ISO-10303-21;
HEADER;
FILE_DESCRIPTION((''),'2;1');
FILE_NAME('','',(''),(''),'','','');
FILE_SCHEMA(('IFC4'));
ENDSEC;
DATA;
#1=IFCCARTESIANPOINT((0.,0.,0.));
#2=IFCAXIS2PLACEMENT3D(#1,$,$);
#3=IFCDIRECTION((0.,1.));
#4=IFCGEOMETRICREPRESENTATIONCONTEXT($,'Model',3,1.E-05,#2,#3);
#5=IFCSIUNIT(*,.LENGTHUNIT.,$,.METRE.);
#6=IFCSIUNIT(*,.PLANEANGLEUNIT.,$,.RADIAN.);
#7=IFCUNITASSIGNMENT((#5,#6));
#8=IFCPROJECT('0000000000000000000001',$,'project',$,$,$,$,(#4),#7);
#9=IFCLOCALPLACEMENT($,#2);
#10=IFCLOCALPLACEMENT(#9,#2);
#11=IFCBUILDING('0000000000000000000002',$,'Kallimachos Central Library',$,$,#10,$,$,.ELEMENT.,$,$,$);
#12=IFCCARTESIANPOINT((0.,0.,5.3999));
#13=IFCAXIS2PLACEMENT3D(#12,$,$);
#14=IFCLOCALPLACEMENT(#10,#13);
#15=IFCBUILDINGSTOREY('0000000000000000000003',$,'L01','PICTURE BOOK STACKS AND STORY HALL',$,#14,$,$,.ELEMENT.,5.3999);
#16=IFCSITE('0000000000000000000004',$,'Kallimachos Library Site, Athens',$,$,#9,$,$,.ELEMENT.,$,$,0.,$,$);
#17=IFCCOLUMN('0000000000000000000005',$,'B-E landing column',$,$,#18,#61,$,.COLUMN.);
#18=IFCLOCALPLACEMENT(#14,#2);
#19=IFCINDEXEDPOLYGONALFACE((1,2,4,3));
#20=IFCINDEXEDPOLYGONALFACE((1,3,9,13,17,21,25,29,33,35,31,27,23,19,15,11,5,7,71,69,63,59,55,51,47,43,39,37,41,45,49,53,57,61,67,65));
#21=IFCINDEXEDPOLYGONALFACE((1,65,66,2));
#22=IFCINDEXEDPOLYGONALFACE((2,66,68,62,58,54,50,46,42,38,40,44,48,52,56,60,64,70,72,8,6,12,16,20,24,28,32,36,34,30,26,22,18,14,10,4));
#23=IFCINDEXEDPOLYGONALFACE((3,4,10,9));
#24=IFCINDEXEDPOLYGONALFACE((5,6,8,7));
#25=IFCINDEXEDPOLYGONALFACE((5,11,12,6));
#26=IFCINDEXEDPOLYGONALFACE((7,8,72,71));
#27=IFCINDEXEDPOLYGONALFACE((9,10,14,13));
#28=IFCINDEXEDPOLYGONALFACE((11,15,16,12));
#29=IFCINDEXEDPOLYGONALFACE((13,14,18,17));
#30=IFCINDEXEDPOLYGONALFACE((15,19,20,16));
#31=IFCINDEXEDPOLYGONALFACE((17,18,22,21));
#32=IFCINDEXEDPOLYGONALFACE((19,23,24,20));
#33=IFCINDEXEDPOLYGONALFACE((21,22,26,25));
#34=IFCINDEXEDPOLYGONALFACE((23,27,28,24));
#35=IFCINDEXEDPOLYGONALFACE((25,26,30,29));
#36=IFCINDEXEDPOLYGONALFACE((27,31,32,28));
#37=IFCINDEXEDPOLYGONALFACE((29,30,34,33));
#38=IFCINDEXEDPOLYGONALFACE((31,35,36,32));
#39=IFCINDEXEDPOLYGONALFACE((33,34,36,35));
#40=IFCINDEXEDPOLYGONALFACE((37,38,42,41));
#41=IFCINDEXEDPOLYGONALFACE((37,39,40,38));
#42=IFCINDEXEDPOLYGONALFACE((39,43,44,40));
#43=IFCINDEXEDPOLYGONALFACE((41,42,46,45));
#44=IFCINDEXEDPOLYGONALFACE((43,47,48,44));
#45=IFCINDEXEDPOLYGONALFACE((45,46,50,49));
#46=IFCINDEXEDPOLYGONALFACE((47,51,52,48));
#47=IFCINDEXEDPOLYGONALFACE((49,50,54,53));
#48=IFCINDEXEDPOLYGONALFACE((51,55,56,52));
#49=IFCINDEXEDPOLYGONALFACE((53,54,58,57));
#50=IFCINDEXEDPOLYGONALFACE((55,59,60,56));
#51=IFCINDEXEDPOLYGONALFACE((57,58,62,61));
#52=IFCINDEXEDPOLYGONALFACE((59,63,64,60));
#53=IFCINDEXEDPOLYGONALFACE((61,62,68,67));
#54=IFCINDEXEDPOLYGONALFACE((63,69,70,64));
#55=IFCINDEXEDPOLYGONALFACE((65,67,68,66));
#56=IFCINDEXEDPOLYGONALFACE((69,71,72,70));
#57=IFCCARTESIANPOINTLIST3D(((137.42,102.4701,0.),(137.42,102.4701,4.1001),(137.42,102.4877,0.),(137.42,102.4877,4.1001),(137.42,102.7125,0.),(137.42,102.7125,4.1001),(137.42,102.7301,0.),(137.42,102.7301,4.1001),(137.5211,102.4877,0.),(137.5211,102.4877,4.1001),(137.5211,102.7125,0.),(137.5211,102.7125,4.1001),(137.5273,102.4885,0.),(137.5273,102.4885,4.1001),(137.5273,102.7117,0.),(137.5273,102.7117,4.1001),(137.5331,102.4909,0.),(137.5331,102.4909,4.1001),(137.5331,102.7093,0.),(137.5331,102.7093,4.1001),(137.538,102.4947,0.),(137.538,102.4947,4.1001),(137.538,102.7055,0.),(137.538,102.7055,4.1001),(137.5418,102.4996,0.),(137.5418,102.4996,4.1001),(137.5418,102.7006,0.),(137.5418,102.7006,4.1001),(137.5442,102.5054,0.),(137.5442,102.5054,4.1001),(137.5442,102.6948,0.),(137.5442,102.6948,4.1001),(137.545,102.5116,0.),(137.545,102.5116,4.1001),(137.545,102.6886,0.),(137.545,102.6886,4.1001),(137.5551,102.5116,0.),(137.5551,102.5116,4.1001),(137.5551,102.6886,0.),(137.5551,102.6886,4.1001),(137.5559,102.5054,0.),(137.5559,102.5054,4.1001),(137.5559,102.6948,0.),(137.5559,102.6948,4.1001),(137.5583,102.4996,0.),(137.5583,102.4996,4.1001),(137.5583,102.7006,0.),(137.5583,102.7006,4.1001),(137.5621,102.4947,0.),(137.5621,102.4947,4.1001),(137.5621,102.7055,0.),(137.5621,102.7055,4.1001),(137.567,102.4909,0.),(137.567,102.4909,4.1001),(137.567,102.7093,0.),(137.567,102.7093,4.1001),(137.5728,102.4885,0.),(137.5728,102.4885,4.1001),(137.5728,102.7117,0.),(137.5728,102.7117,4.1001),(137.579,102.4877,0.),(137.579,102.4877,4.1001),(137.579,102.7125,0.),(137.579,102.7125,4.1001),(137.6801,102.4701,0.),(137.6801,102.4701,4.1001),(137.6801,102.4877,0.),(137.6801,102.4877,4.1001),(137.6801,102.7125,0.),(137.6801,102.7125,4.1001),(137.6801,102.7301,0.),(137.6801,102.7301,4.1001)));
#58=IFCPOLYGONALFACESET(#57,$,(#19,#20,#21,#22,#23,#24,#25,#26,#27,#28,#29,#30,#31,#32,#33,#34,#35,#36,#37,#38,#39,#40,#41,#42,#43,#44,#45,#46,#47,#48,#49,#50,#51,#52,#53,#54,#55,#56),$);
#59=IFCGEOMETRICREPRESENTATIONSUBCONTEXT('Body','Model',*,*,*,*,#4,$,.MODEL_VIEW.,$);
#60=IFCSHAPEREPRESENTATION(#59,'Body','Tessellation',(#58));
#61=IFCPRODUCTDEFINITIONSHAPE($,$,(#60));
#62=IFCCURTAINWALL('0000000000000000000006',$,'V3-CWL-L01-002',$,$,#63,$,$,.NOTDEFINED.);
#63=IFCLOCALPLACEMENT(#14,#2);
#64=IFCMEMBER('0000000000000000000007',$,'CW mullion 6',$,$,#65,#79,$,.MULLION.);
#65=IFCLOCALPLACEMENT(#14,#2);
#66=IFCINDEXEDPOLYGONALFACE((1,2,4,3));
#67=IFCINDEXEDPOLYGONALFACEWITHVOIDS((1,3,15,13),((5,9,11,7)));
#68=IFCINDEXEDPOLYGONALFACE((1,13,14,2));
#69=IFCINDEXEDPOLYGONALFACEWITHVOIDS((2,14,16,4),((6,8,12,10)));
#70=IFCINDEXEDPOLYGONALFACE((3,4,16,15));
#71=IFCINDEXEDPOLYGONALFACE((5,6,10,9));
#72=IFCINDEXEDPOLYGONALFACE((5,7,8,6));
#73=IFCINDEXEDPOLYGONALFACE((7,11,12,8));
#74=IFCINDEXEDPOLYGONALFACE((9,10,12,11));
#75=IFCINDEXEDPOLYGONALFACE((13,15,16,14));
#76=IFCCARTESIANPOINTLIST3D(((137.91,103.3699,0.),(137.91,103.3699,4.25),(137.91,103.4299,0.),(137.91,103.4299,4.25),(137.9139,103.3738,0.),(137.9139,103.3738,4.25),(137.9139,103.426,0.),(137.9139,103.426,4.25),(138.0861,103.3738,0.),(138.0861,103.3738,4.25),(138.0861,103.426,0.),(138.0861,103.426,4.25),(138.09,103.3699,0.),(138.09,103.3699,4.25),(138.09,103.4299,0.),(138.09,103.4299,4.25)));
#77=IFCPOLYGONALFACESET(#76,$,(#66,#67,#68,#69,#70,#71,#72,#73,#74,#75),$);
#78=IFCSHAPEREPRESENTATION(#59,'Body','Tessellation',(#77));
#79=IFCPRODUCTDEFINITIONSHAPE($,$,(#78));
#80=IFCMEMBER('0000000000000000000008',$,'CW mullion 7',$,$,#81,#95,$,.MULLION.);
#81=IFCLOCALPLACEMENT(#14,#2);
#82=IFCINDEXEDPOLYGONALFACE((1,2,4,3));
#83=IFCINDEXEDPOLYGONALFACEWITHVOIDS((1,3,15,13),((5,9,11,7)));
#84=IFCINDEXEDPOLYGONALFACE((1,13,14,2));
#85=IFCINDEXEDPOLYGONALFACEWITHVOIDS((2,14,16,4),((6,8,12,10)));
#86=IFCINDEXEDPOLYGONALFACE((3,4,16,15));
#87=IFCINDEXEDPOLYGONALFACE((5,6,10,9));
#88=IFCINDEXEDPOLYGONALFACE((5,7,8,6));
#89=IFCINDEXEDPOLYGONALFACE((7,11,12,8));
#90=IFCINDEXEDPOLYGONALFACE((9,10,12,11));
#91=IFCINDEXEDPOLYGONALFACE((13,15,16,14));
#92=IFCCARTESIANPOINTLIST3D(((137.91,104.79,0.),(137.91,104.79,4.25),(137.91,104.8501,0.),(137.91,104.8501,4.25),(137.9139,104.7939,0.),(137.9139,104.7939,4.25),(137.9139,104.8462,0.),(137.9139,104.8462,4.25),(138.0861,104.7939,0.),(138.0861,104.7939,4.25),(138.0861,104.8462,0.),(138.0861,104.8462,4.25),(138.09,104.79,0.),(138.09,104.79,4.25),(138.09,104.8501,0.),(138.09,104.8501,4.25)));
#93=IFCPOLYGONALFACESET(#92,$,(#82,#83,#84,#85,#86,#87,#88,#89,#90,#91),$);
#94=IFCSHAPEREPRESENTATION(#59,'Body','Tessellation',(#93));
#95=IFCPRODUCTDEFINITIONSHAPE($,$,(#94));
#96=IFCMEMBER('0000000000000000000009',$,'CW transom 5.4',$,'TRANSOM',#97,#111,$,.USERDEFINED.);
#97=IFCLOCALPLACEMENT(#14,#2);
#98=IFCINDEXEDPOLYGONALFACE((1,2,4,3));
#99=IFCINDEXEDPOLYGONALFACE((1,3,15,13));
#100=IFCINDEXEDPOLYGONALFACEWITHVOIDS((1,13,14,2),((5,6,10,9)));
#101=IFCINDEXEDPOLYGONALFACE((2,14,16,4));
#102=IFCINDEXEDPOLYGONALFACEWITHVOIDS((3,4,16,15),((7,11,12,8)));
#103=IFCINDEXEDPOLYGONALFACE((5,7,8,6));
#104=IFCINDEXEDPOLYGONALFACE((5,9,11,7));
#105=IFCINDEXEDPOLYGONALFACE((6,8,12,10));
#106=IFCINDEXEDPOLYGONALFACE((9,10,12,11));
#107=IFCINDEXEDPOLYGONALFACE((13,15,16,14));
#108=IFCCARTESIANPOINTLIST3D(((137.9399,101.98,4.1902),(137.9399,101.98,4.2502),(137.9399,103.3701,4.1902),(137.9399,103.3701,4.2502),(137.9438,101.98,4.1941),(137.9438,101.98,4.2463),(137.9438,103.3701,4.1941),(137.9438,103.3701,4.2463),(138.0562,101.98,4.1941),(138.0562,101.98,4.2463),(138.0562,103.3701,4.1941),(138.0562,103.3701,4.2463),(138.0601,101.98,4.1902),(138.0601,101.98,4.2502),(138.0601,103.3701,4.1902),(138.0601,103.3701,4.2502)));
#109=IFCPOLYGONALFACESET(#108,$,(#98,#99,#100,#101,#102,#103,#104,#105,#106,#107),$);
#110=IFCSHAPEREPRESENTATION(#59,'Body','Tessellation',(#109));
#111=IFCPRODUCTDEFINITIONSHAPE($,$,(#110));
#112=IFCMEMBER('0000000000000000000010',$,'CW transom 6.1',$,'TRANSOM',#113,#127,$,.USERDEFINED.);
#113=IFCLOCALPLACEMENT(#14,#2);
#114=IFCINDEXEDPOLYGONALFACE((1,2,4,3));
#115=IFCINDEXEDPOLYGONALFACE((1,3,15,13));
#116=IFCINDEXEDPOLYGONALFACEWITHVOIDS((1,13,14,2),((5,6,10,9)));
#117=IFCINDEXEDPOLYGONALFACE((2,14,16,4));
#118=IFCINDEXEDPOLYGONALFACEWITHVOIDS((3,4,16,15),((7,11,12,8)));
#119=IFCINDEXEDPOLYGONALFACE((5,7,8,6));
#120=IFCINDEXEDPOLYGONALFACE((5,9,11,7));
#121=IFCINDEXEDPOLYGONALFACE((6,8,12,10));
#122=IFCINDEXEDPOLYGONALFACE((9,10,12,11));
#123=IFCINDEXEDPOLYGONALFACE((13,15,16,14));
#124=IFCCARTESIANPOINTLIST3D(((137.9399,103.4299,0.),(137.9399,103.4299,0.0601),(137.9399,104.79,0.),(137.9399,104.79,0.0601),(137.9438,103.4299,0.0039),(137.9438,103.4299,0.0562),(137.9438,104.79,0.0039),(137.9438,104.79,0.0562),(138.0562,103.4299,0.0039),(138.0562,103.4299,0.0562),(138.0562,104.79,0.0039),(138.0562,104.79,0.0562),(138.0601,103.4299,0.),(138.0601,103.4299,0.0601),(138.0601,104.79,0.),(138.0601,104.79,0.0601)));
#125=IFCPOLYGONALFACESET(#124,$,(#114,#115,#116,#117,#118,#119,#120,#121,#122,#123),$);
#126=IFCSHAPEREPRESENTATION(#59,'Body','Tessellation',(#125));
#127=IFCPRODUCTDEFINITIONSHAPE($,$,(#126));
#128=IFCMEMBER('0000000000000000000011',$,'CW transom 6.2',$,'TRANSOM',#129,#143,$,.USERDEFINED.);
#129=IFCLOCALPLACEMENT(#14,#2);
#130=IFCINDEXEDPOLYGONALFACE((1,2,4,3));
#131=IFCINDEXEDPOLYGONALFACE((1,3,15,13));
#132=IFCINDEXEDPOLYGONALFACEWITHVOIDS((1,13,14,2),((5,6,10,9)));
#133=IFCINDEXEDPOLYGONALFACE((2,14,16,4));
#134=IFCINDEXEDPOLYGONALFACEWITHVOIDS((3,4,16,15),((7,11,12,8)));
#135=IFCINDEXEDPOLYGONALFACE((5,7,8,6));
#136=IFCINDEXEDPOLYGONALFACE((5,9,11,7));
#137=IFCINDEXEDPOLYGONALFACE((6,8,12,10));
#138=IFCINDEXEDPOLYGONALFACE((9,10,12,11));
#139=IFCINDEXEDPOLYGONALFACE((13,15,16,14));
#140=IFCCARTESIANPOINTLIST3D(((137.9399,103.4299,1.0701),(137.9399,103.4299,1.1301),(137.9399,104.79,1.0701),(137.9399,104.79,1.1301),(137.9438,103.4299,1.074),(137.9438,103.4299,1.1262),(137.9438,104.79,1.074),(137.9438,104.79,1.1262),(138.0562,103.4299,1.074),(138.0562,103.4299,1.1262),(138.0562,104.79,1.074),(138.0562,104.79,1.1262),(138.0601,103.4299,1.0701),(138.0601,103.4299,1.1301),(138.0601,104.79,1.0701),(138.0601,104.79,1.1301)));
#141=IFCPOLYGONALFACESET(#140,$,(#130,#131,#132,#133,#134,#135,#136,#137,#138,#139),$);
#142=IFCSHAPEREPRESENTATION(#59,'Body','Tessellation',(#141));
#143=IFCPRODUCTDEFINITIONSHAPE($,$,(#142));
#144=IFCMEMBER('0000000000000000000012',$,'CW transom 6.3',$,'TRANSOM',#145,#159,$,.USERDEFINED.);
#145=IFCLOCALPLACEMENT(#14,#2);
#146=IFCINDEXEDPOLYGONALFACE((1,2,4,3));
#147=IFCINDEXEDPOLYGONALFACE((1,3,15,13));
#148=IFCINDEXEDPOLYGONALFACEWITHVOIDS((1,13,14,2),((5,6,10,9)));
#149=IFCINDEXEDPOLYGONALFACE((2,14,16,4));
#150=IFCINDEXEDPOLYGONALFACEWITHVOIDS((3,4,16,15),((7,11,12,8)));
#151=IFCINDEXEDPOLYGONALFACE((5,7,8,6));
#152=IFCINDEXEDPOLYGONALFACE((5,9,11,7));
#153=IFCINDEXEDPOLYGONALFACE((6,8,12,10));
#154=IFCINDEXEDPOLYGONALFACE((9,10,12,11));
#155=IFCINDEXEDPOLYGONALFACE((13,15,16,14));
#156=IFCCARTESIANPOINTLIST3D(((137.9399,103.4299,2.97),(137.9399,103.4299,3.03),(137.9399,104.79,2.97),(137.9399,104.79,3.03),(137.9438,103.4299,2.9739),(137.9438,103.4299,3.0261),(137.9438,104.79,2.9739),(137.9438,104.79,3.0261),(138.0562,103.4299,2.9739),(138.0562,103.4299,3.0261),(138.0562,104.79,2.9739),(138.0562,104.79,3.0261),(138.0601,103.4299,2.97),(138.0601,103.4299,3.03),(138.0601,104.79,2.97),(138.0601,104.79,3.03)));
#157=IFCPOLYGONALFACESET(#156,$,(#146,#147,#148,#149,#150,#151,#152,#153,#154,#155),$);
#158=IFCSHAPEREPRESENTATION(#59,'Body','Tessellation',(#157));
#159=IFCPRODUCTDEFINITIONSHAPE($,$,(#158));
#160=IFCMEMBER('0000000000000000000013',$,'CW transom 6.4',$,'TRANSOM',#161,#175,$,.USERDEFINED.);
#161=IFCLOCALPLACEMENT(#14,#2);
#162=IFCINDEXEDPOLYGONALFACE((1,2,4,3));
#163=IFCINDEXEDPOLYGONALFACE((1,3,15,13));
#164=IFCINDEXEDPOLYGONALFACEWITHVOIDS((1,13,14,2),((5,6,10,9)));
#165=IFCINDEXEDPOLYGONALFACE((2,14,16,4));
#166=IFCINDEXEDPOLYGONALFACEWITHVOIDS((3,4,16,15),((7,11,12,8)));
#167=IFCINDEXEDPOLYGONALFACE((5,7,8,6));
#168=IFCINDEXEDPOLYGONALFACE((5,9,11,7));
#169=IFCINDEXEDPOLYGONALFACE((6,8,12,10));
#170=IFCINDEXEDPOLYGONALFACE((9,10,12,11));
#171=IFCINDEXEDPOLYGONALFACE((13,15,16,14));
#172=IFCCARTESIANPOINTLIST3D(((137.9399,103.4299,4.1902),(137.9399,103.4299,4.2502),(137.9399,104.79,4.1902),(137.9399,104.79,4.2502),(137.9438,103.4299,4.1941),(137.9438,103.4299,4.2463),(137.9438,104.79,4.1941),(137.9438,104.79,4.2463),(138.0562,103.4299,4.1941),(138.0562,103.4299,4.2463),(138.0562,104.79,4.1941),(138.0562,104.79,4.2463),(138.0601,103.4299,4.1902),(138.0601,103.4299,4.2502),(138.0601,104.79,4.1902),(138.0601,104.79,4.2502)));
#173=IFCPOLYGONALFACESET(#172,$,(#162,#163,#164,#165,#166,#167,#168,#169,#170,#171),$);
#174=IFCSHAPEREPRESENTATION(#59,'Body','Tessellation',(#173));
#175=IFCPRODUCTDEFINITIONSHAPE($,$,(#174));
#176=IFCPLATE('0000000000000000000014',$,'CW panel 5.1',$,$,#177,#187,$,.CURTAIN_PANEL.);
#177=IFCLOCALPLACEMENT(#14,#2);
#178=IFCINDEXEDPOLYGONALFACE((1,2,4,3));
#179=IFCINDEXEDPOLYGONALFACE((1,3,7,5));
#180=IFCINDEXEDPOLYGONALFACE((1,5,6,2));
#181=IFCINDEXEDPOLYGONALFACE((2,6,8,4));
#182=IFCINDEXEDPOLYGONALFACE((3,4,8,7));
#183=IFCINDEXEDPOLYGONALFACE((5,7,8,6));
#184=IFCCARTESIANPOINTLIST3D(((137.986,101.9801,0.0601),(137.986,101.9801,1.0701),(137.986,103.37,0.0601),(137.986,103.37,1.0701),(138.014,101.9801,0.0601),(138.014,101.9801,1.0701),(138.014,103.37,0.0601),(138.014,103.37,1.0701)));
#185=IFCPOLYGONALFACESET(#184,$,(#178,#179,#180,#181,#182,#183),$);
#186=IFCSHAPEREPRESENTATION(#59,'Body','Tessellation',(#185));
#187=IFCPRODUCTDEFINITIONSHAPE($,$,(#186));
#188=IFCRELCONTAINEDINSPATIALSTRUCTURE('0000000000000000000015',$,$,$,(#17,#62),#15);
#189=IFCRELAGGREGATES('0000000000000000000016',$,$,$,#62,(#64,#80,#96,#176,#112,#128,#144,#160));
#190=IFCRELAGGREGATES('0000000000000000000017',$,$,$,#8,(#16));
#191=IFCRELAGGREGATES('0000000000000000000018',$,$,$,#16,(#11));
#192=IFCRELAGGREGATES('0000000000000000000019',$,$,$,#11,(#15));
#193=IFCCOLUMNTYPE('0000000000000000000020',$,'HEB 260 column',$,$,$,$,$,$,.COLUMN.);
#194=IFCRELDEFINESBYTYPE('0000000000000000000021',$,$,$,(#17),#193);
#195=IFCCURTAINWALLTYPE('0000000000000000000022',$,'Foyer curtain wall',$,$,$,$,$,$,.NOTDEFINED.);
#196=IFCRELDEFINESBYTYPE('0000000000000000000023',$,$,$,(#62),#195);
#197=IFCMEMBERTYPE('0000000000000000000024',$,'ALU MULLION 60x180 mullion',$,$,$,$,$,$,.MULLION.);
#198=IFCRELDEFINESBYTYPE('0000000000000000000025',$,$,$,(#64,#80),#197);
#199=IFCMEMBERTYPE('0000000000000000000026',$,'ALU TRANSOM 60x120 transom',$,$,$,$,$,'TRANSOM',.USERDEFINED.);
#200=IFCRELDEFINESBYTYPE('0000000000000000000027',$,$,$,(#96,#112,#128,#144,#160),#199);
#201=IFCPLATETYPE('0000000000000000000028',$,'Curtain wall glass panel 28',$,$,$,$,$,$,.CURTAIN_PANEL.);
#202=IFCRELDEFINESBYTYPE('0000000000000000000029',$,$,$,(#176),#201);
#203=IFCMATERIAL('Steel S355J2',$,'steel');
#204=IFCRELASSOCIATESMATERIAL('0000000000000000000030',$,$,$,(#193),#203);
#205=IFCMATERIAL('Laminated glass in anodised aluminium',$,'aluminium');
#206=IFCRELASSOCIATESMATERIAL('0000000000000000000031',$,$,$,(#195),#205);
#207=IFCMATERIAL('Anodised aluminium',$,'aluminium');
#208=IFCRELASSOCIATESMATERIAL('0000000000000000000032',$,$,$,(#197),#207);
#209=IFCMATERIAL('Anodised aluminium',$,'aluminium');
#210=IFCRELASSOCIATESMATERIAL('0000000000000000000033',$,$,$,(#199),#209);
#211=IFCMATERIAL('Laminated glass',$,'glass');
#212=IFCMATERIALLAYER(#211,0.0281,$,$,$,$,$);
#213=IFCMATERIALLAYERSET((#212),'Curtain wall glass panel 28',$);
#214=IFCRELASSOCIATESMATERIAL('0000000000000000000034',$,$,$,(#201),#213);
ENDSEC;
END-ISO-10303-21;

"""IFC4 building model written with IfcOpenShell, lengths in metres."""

from ifc_helpers import new_model, si_unit, direction, frame, origin, origin_2d, place, context, subcontext, project, spatial, rectangle, hollow_rectangle, i_section, extrude, material, layer, layer_set, material_profile, profile_set, type_object, element, aggregate, save


model = new_model("IFC4")

# Units and contexts
model_context = context("Model", 3, precision=1e-05, world=origin(), true_north=direction((0.0, 1.0)))
body_context = subcontext(model_context, "Body", "Model", "MODEL_VIEW")
ifc_project = project(units=[si_unit("LENGTHUNIT", "METRE"), si_unit("PLANEANGLEUNIT", "RADIAN")], contexts=[model_context])

# Site, building, storey
site_placement = place(None, origin())
site = spatial("IfcSite", under=ifc_project, at=site_placement, Name="Kallimachos Library Site, Athens", CompositionType="ELEMENT", RefElevation=0.0)
building_placement = place(site_placement, origin())
building = spatial("IfcBuilding", under=site, at=building_placement, Name="Kallimachos Central Library", CompositionType="ELEMENT")
storey_placement = place(building_placement, frame((0.0, 0.0, 5.3999)))
storey = spatial("IfcBuildingStorey", under=building, at=storey_placement, Name="L01", Description="PICTURE BOOK STACKS AND STORY HALL", CompositionType="ELEMENT", Elevation=5.3999)

# Column
ifc_material_1 = material(Name="Steel S355J2", Category="steel")
ifc_material_profile_1 = material_profile(ifc_material_1, i_section(OverallWidth=0.26, OverallDepth=0.26, WebThickness=0.01, FlangeThickness=0.0176, FilletRadius=0.0239, at=origin_2d()), Name="HEB 260")
ifc_profile_set_1 = profile_set([ifc_material_profile_1], Name="Steel S355J2")
column_type = type_object("IfcColumnType", Name="HEB 260 column", PredefinedType="COLUMN", material=ifc_profile_set_1)
column_placement = place(storey_placement, frame((137.55, 102.6001, 0.0), z_axis=(0.0, 0.0, 1.0), x_axis=(1.0, 0.0, 0.0)))
element("IfcColumn", 1, at=column_placement, inside=storey, type_object=column_type, Name="B-E landing column", PredefinedType="COLUMN", context=body_context, shape_type="SweptSolid", body=[
    extrude(i_section(OverallWidth=0.26, OverallDepth=0.26, WebThickness=0.01, FlangeThickness=0.0176, FilletRadius=0.0239, at=origin_2d()), origin(), (0.0, 0.0, 1.0), 4.1001),
])

# Curtain wall, members, plate
ifc_material_2 = material(Name="Laminated glass in anodised aluminium", Category="aluminium")
curtain_wall_type = type_object("IfcCurtainWallType", Name="Foyer curtain wall", PredefinedType="NOTDEFINED", material=ifc_material_2)
curtain_wall_placement = place(storey_placement, origin())
curtain_wall = element("IfcCurtainWall", 2, at=curtain_wall_placement, inside=storey, type_object=curtain_wall_type, Name="V3-CWL-L01-002", PredefinedType="NOTDEFINED")
ifc_material_3 = material(Name="Anodised aluminium", Category="aluminium")
ifc_material_profile_2 = material_profile(ifc_material_3, hollow_rectangle(XDim=0.0601, YDim=0.1799, WallThickness=0.0039, at=origin_2d()), Name="ALU MULLION 60x180")
ifc_profile_set_2 = profile_set([ifc_material_profile_2], Name="Anodised aluminium")
member_type_1 = type_object("IfcMemberType", Name="ALU MULLION 60x180 mullion", PredefinedType="MULLION", material=ifc_profile_set_2)
member_1_placement = place(storey_placement, frame((138.0, 103.3999, 0.0), z_axis=(0.0, 0.0, 1.0), x_axis=(0.0, 1.0, 0.0)))
member_1 = element("IfcMember", 3, at=member_1_placement, type_object=member_type_1, Name="CW mullion 6", PredefinedType="MULLION", context=body_context, shape_type="SweptSolid", body=[
    extrude(hollow_rectangle(XDim=0.0601, YDim=0.1799, WallThickness=0.0039, at=origin_2d()), origin(), (0.0, 0.0, 1.0), 4.25),
])
member_2_placement = place(storey_placement, frame((138.0, 104.8201, 0.0), z_axis=(0.0, 0.0, 1.0), x_axis=(0.0, 1.0, 0.0)))
member_2 = element("IfcMember", 4, at=member_2_placement, type_object=member_type_1, Name="CW mullion 7", PredefinedType="MULLION", context=body_context, shape_type="SweptSolid", body=[
    extrude(hollow_rectangle(XDim=0.0601, YDim=0.1799, WallThickness=0.0039, at=origin_2d()), origin(), (0.0, 0.0, 1.0), 4.25),
])
ifc_material_4 = material(Name="Anodised aluminium", Category="aluminium")
ifc_material_profile_3 = material_profile(ifc_material_4, hollow_rectangle(XDim=0.0601, YDim=0.1201, WallThickness=0.0039, at=origin_2d()), Name="ALU TRANSOM 60x120")
ifc_profile_set_3 = profile_set([ifc_material_profile_3], Name="Anodised aluminium")
member_type_2 = type_object("IfcMemberType", Name="ALU TRANSOM 60x120 transom", ElementType="TRANSOM", PredefinedType="USERDEFINED", material=ifc_profile_set_3)
member_3_placement = place(storey_placement, frame((138.0, 101.98, 4.2202), z_axis=(0.0, 1.0, 0.0), x_axis=(0.0, 0.0, 1.0)))
member_3 = element("IfcMember", 5, at=member_3_placement, type_object=member_type_2, Name="CW transom 5.4", ObjectType="TRANSOM", PredefinedType="USERDEFINED", context=body_context, shape_type="SweptSolid", body=[
    extrude(hollow_rectangle(XDim=0.0601, YDim=0.1201, WallThickness=0.0039, at=origin_2d()), origin(), (0.0, 0.0, 1.0), 1.3901),
])
member_4_placement = place(storey_placement, frame((138.0, 103.4299, 0.03), z_axis=(0.0, 1.0, 0.0), x_axis=(0.0, 0.0, 1.0)))
member_4 = element("IfcMember", 6, at=member_4_placement, type_object=member_type_2, Name="CW transom 6.1", ObjectType="TRANSOM", PredefinedType="USERDEFINED", context=body_context, shape_type="SweptSolid", body=[
    extrude(hollow_rectangle(XDim=0.0601, YDim=0.1201, WallThickness=0.0039, at=origin_2d()), origin(), (0.0, 0.0, 1.0), 1.3601),
])
member_5_placement = place(storey_placement, frame((138.0, 103.4299, 1.1001), z_axis=(0.0, 1.0, 0.0), x_axis=(0.0, 0.0, 1.0)))
member_5 = element("IfcMember", 7, at=member_5_placement, type_object=member_type_2, Name="CW transom 6.2", ObjectType="TRANSOM", PredefinedType="USERDEFINED", context=body_context, shape_type="SweptSolid", body=[
    extrude(hollow_rectangle(XDim=0.0601, YDim=0.1201, WallThickness=0.0039, at=origin_2d()), origin(), (0.0, 0.0, 1.0), 1.3601),
])
member_6_placement = place(storey_placement, frame((138.0, 103.4299, 3.0), z_axis=(0.0, 1.0, 0.0), x_axis=(0.0, 0.0, 1.0)))
member_6 = element("IfcMember", 8, at=member_6_placement, type_object=member_type_2, Name="CW transom 6.3", ObjectType="TRANSOM", PredefinedType="USERDEFINED", context=body_context, shape_type="SweptSolid", body=[
    extrude(hollow_rectangle(XDim=0.0601, YDim=0.1201, WallThickness=0.0039, at=origin_2d()), origin(), (0.0, 0.0, 1.0), 1.3601),
])
member_7_placement = place(storey_placement, frame((138.0, 103.4299, 4.2202), z_axis=(0.0, 1.0, 0.0), x_axis=(0.0, 0.0, 1.0)))
member_7 = element("IfcMember", 9, at=member_7_placement, type_object=member_type_2, Name="CW transom 6.4", ObjectType="TRANSOM", PredefinedType="USERDEFINED", context=body_context, shape_type="SweptSolid", body=[
    extrude(hollow_rectangle(XDim=0.0601, YDim=0.1201, WallThickness=0.0039, at=origin_2d()), origin(), (0.0, 0.0, 1.0), 1.3601),
])
ifc_material_5 = material(Name="Laminated glass", Category="glass")
ifc_layer_1 = layer(ifc_material_5, 0.0281)
ifc_layer_set_1 = layer_set([ifc_layer_1], Name="Curtain wall glass panel 28")
plate_type = type_object("IfcPlateType", Name="Curtain wall glass panel 28", PredefinedType="CURTAIN_PANEL", material=ifc_layer_set_1)
plate_1_placement = place(storey_placement, frame((138.0, 102.675, 0.0601), z_axis=(0.0, 0.0, 1.0), x_axis=(0.0, 1.0, 0.0)))
plate_1 = element("IfcPlate", 10, at=plate_1_placement, type_object=plate_type, Name="CW panel 5.1", PredefinedType="CURTAIN_PANEL", context=body_context, shape_type="SweptSolid", body=[
    extrude(rectangle(XDim=1.3899, YDim=0.0281, at=origin_2d()), origin(), (0.0, 0.0, 1.0), 1.01),
])
aggregate(curtain_wall, [member_1, member_2, member_3, plate_1, member_4, member_5, member_6, member_7])

save(model, "model.ifc")
